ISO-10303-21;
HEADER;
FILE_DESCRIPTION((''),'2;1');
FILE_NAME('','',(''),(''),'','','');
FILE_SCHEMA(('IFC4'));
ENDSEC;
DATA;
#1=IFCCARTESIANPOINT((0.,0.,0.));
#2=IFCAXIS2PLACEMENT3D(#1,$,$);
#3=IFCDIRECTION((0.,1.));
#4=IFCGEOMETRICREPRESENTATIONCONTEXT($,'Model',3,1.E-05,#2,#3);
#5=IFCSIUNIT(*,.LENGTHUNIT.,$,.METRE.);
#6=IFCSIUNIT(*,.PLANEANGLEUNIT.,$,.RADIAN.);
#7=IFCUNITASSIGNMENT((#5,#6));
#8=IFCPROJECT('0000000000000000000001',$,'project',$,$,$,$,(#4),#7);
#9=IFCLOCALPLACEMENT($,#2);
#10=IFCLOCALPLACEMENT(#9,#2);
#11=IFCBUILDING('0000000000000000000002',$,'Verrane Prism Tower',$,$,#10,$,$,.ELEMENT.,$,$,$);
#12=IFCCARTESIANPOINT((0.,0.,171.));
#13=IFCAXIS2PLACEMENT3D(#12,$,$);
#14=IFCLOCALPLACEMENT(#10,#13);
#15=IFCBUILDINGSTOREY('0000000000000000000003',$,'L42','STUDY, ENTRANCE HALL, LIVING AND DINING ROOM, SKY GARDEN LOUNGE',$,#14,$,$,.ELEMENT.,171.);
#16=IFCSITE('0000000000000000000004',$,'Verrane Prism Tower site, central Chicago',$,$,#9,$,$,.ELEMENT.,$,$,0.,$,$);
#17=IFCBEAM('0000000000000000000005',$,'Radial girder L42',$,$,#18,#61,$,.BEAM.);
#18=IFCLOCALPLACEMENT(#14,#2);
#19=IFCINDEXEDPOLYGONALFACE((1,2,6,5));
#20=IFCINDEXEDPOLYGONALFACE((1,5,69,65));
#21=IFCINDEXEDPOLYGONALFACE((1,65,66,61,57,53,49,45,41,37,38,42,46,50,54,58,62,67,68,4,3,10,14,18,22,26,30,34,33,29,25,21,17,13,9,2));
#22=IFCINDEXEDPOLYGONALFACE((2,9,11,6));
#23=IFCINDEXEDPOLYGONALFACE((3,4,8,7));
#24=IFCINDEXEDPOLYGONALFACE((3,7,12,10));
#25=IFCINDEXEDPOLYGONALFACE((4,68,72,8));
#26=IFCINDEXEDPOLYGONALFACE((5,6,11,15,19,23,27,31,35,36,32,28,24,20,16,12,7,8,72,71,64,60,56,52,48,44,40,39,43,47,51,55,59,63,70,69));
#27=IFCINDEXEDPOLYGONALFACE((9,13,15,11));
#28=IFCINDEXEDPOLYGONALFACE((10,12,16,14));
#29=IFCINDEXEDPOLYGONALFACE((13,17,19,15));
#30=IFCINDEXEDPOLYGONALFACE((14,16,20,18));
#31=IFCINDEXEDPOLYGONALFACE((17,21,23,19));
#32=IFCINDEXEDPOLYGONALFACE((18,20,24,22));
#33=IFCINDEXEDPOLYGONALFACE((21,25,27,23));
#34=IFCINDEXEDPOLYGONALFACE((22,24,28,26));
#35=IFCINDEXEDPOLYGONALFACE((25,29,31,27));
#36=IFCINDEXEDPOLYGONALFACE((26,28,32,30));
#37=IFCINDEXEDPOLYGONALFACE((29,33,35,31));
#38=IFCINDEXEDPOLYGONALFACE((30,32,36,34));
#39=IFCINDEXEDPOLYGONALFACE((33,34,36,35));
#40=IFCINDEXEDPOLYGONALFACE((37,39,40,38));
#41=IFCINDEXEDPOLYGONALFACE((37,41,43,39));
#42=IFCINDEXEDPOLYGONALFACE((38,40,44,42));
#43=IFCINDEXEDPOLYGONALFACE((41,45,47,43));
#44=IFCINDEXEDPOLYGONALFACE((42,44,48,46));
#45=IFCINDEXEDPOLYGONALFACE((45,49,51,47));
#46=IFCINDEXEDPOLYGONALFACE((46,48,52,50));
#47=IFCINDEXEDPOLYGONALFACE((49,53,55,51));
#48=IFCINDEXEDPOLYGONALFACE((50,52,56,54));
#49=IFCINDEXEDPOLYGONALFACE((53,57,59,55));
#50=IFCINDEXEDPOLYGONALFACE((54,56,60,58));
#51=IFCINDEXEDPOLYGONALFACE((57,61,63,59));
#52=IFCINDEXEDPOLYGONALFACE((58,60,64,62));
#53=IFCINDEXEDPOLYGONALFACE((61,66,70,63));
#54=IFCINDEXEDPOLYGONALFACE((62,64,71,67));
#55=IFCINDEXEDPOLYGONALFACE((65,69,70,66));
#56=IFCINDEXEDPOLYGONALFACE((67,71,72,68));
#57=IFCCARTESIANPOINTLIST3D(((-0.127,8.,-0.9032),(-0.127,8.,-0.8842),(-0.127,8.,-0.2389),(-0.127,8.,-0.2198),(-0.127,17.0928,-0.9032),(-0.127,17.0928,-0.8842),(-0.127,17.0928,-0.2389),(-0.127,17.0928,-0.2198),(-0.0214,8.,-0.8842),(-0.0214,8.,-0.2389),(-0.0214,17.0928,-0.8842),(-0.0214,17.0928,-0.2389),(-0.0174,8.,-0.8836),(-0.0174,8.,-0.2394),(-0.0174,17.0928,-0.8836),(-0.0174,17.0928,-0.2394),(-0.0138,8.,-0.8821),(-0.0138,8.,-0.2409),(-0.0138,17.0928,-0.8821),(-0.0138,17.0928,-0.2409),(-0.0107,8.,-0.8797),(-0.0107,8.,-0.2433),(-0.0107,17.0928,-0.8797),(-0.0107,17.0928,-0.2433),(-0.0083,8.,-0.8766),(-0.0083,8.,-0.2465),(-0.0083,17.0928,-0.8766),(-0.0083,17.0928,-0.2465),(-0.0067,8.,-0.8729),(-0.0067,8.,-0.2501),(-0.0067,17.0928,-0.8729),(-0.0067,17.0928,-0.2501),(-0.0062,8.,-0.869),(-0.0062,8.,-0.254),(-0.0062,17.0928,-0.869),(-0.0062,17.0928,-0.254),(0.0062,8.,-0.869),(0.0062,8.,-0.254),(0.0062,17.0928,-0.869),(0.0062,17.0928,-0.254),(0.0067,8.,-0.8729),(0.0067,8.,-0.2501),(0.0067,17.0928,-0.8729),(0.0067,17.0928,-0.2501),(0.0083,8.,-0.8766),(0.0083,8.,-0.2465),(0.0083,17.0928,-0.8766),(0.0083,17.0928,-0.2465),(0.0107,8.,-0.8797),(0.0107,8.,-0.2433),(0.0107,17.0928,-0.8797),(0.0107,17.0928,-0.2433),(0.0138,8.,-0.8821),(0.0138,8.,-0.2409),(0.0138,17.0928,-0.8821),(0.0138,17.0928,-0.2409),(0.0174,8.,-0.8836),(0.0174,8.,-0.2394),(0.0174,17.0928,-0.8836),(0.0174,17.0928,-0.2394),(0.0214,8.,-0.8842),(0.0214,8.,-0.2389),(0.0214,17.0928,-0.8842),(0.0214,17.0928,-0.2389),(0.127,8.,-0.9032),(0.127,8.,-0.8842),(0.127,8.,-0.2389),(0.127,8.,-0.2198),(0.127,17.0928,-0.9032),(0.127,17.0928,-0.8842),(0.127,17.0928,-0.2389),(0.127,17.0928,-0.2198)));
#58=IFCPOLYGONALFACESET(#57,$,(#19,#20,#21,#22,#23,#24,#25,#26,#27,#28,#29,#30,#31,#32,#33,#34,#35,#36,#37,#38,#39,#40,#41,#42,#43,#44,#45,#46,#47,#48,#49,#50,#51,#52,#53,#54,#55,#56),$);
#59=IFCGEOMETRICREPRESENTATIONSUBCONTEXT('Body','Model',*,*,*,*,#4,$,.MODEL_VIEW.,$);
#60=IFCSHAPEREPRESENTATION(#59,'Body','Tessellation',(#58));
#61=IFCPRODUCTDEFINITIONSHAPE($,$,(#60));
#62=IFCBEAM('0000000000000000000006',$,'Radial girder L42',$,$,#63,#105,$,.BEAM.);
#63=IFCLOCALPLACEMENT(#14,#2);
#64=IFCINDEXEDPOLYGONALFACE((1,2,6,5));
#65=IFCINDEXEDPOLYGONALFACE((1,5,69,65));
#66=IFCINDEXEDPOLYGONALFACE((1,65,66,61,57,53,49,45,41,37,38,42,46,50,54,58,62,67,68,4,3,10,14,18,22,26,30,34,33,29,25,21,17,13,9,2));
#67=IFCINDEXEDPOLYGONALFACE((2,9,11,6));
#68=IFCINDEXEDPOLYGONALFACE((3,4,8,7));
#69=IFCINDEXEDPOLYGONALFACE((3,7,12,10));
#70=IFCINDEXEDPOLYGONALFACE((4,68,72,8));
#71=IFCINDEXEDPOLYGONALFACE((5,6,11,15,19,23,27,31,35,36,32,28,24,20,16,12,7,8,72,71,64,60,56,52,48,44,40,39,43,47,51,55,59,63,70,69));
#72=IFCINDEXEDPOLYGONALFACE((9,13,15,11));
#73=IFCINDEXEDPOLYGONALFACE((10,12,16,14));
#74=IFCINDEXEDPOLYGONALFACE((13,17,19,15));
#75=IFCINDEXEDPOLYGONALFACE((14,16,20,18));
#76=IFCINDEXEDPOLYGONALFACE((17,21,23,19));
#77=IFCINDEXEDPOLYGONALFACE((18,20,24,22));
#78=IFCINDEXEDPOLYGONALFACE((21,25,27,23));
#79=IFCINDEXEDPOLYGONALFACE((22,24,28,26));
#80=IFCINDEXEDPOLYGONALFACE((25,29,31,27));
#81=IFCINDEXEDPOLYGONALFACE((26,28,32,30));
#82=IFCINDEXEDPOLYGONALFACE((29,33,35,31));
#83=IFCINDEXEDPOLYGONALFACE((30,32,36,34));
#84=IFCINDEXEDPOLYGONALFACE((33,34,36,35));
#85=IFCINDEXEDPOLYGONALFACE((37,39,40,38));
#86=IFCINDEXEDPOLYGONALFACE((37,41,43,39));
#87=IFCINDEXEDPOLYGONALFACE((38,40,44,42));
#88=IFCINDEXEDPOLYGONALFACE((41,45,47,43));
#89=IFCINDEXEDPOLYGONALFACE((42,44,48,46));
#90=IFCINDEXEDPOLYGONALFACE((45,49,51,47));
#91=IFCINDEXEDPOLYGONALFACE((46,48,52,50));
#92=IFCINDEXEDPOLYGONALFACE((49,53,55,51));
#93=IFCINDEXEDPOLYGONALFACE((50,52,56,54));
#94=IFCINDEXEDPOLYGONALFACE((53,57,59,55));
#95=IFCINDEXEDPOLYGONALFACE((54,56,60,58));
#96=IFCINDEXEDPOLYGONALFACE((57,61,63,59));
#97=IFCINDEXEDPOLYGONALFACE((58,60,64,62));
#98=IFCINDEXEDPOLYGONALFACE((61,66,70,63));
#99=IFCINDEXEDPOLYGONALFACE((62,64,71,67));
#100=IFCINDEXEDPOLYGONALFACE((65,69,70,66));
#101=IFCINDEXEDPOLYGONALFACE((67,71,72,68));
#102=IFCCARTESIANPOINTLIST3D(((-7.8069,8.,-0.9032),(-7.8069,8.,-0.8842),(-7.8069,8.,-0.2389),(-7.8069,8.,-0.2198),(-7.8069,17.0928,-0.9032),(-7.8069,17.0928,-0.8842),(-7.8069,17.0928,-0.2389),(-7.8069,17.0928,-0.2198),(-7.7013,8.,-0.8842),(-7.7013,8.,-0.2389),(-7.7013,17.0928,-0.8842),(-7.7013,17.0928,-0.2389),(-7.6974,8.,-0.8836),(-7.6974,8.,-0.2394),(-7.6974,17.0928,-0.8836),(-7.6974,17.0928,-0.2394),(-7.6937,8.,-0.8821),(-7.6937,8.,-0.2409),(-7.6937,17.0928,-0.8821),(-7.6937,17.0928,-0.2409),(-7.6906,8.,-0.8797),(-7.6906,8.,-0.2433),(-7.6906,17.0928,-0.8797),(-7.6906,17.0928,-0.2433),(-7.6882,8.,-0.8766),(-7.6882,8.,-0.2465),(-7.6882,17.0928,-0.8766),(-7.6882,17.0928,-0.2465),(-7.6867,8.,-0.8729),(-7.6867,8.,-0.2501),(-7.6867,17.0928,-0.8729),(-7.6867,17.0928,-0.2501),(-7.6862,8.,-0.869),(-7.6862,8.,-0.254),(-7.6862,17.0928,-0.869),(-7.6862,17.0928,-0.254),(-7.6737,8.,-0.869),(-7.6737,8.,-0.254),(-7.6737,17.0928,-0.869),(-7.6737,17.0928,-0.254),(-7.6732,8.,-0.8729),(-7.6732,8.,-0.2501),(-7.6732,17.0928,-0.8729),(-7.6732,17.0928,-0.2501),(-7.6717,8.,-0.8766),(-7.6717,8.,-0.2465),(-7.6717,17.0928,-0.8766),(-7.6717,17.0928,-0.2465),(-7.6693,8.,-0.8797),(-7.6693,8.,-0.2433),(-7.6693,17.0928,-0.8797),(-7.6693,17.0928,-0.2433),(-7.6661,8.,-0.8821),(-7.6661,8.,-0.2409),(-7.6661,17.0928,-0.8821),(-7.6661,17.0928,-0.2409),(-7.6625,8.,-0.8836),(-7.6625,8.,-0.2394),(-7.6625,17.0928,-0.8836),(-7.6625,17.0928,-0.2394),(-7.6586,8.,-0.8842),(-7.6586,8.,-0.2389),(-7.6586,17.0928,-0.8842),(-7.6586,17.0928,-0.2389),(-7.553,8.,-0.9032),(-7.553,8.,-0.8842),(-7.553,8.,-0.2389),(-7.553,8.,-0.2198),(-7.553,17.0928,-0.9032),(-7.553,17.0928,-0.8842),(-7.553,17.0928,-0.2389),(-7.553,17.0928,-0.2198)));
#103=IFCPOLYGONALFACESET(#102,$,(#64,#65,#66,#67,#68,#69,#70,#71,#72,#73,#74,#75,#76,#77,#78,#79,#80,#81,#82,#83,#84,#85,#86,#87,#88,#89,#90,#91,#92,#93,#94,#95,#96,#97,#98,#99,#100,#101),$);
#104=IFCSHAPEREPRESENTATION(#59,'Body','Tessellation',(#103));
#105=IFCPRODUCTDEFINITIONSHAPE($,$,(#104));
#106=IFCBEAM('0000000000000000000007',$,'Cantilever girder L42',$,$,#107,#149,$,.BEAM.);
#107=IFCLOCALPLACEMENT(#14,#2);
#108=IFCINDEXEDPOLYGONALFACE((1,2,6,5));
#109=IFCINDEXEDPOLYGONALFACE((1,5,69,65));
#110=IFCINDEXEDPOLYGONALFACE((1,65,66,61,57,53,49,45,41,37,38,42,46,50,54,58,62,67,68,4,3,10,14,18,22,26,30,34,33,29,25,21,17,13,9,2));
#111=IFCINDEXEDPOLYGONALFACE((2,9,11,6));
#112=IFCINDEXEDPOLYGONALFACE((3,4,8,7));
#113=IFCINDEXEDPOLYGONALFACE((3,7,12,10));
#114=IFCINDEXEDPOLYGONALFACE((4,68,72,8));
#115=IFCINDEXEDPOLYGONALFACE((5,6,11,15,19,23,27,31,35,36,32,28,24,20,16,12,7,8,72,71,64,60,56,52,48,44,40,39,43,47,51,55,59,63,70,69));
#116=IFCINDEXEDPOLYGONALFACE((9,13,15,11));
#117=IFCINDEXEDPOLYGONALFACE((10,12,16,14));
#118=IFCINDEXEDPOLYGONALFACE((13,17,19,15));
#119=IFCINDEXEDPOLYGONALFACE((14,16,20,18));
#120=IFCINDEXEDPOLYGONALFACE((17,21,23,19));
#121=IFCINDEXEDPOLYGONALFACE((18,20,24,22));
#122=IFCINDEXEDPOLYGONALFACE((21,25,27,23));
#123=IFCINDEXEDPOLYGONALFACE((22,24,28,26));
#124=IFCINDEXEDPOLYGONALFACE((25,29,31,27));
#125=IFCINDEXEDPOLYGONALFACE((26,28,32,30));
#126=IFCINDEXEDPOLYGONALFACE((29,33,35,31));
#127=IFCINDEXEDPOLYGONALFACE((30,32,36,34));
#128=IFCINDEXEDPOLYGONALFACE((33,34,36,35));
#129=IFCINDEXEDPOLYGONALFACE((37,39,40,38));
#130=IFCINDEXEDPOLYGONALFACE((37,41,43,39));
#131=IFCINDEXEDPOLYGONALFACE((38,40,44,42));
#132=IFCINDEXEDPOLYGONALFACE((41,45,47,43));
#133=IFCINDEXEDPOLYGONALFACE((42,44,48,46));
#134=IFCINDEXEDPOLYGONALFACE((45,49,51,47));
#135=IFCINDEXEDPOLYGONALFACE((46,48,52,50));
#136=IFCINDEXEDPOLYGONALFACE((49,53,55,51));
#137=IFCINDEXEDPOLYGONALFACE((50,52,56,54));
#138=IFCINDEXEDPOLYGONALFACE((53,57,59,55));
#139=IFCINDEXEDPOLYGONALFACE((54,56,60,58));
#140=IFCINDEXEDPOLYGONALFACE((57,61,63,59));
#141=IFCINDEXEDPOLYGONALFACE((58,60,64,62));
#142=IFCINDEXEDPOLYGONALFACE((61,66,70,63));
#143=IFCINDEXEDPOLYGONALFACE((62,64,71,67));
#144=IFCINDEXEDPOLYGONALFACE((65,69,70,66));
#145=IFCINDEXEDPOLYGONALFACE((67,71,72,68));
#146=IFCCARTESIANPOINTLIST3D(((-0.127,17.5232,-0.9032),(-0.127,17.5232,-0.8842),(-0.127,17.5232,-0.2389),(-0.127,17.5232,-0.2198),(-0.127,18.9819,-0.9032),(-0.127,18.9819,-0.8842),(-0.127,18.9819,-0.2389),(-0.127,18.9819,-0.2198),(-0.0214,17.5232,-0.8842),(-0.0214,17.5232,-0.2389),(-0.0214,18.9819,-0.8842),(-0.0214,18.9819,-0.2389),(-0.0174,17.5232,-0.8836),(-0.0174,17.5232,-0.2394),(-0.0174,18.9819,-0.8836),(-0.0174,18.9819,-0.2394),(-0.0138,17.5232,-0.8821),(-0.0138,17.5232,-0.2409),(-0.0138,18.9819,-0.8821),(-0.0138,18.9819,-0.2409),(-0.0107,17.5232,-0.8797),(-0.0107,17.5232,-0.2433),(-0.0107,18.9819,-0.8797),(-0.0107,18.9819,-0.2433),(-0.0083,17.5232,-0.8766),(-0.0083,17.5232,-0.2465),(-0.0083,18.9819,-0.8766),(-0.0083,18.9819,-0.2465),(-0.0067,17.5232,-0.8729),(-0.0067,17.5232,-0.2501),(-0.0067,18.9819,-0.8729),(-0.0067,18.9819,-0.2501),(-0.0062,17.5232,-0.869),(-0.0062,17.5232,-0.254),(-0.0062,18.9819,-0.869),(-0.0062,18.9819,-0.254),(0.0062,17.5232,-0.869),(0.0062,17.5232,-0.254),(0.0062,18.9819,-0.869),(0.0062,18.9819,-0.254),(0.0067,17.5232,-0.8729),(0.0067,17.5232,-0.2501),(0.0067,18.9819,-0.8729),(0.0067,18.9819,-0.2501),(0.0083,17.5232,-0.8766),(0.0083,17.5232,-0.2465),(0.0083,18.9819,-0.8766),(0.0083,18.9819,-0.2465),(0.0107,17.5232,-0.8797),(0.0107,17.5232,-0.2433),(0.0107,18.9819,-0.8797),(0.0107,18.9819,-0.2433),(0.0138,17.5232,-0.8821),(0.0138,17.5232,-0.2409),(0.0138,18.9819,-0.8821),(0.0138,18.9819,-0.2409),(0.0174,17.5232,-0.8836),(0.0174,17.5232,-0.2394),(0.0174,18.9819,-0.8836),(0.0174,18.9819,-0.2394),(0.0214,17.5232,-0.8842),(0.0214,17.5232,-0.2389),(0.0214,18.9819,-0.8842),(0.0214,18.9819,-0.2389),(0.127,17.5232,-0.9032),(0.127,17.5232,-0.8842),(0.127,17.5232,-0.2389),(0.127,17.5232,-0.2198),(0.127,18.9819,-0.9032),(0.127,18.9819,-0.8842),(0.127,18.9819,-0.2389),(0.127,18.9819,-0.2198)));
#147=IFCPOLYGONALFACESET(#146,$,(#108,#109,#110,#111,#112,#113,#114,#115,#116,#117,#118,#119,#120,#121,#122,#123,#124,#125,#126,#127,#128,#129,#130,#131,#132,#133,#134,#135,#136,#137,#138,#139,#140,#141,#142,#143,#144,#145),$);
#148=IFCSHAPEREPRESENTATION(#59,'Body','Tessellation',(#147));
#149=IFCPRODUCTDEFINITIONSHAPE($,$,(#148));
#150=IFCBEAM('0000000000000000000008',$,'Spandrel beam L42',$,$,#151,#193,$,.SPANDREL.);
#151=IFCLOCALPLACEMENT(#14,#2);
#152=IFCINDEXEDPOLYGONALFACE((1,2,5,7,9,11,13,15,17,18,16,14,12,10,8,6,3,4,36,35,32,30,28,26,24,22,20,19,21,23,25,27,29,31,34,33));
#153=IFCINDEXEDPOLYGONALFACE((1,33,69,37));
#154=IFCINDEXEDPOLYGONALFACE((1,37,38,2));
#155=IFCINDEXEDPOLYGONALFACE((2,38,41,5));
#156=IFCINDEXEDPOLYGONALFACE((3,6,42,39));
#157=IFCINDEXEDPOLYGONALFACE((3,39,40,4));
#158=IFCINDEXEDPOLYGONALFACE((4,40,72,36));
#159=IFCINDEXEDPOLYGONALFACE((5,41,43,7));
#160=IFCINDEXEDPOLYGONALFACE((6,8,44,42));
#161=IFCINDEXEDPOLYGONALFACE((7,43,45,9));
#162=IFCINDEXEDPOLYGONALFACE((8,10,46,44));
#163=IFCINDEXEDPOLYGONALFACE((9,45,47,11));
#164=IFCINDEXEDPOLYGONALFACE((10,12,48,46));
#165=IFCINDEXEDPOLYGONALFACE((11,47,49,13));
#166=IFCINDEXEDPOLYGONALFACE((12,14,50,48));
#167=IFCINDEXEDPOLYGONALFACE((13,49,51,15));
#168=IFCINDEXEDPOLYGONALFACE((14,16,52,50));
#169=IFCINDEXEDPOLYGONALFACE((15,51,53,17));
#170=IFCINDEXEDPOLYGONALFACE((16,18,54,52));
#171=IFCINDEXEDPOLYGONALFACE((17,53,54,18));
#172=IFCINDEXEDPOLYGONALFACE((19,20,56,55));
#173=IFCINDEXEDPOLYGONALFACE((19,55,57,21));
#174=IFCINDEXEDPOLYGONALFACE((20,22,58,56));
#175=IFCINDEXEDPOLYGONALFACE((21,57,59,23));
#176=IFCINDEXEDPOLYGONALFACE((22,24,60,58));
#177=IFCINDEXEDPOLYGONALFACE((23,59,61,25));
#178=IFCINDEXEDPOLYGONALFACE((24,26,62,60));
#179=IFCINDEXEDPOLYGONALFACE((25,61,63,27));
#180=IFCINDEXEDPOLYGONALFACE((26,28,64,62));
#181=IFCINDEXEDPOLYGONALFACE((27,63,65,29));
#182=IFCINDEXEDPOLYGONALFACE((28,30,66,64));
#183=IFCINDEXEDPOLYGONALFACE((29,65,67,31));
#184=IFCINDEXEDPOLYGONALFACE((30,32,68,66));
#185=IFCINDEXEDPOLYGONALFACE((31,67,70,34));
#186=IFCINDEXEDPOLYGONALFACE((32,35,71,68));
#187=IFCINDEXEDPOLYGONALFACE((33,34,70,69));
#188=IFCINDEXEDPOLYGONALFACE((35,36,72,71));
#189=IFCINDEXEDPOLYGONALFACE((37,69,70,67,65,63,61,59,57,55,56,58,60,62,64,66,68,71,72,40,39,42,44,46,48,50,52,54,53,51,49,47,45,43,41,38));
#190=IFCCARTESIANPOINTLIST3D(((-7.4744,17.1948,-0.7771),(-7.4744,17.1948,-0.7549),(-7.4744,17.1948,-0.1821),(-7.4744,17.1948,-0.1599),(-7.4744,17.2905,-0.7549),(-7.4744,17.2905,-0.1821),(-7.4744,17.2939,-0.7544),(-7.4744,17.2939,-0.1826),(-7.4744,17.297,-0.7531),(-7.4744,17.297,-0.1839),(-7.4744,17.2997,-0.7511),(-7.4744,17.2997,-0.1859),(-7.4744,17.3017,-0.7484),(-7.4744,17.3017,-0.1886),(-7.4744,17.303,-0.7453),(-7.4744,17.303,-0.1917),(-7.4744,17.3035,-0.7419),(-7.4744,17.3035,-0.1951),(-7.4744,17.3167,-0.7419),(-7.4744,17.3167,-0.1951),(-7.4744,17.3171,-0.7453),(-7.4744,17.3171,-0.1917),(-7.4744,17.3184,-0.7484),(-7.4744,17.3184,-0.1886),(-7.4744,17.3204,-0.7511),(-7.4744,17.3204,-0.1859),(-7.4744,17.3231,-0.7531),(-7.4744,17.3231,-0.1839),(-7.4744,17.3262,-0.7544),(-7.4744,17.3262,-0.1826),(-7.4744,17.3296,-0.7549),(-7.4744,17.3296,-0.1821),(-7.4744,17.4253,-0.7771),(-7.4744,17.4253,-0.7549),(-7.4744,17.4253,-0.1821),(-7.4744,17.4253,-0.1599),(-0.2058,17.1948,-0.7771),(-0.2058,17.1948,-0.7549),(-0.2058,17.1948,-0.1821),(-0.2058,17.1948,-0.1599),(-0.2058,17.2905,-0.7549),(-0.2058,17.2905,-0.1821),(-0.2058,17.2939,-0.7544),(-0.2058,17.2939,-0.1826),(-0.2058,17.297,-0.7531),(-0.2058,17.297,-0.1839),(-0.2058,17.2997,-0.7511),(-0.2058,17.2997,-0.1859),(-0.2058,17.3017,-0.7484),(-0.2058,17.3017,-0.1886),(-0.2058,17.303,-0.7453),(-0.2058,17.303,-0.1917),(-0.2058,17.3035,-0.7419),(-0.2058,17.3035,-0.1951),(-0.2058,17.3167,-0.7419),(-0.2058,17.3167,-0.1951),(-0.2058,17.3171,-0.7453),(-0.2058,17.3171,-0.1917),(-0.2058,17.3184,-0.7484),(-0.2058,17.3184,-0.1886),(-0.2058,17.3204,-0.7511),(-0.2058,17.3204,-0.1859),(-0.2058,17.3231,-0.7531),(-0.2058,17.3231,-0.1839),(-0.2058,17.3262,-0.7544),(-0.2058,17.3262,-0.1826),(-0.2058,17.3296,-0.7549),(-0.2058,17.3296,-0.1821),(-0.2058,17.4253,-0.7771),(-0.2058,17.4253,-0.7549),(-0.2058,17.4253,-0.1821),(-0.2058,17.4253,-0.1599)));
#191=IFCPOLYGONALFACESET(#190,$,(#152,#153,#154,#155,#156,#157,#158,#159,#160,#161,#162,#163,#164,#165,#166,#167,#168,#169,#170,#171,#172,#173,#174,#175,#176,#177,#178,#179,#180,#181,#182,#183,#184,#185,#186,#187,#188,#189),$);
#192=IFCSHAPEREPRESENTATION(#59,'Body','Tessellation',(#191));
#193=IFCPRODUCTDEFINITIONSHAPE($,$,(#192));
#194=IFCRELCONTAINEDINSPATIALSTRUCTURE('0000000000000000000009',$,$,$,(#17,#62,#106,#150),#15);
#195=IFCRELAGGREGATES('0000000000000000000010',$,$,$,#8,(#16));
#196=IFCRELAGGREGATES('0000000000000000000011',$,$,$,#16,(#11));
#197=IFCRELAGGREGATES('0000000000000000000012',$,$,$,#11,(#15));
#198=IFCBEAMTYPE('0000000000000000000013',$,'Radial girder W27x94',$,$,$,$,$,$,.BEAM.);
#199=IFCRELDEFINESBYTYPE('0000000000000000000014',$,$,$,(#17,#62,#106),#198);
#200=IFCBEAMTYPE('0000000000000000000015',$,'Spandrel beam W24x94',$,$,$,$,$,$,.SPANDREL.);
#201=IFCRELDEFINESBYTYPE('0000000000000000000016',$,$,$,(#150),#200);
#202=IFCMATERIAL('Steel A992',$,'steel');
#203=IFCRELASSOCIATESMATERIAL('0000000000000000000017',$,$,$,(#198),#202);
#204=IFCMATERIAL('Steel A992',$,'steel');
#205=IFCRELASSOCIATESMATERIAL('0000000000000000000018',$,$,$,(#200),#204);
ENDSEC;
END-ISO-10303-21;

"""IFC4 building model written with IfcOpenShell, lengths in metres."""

from ifc_helpers import new_model, si_unit, direction, frame, origin, origin_2d, place, context, subcontext, project, spatial, i_section, extrude, material, material_profile, profile_set, type_object, element, save


model = new_model("IFC4")

# Units and contexts
model_context = context("Model", 3, precision=1e-05, world=origin(), true_north=direction((0.0, 1.0)))
body_context = subcontext(model_context, "Body", "Model", "MODEL_VIEW")
ifc_project = project(units=[si_unit("LENGTHUNIT", "METRE"), si_unit("PLANEANGLEUNIT", "RADIAN")], contexts=[model_context])

# Site, building, storey
site_placement = place(None, origin())
site = spatial("IfcSite", under=ifc_project, at=site_placement, Name="Verrane Prism Tower site, central Chicago", CompositionType="ELEMENT", RefElevation=0.0)
building_placement = place(site_placement, origin())
building = spatial("IfcBuilding", under=site, at=building_placement, Name="Verrane Prism Tower", CompositionType="ELEMENT")
storey_placement = place(building_placement, frame((0.0, 0.0, 171.0)))
storey = spatial("IfcBuildingStorey", under=building, at=storey_placement, Name="L42", Description="STUDY, ENTRANCE HALL, LIVING AND DINING ROOM, SKY GARDEN LOUNGE", CompositionType="ELEMENT", Elevation=171.0)

# Beams
ifc_material_1 = material(Name="Steel A992", Category="steel")
ifc_material_profile_1 = material_profile(ifc_material_1, i_section(OverallWidth=0.2539, OverallDepth=0.6833, WebThickness=0.0125, FlangeThickness=0.019, FilletRadius=0.0151, at=origin_2d()), Name="W27x94")
ifc_profile_set_1 = profile_set([ifc_material_profile_1], Name="Steel A992")
beam_type_1 = type_object("IfcBeamType", Name="Radial girder W27x94", PredefinedType="BEAM", material=ifc_profile_set_1)
for number, where, z_axis, x_axis, name in (
    (1, (0.0, 17.0928, -0.5615), (0.0, -1.0, 0.0), (1.0, 0.0, 0.0), "Radial girder L42"),
    (2, (-7.6799, 17.0928, -0.5615), (0.0, -1.0, 0.0), (1.0, 0.0, 0.0), "Radial girder L42"),
):
    element("IfcBeam", number, at=place(storey_placement, frame(where, z_axis=z_axis, x_axis=x_axis)), inside=storey, type_object=beam_type_1, Name=name, PredefinedType="BEAM", context=body_context, shape_type="SweptSolid", body=[
        extrude(i_section(OverallWidth=0.2539, OverallDepth=0.6833, WebThickness=0.0125, FlangeThickness=0.019, FilletRadius=0.0151, at=origin_2d()), origin(), (0.0, 0.0, 1.0), 9.0928),
    ])
beam_1_placement = place(storey_placement, frame((0.0, 17.5232, -0.5615), z_axis=(0.0, 1.0, 0.0), x_axis=(-1.0, 0.0, 0.0)))
element("IfcBeam", 3, at=beam_1_placement, inside=storey, type_object=beam_type_1, Name="Cantilever girder L42", PredefinedType="BEAM", context=body_context, shape_type="SweptSolid", body=[
    extrude(i_section(OverallWidth=0.2539, OverallDepth=0.6833, WebThickness=0.0125, FlangeThickness=0.019, FilletRadius=0.0151, at=origin_2d()), origin(), (0.0, 0.0, 1.0), 1.4587),
])
ifc_material_2 = material(Name="Steel A992", Category="steel")
ifc_material_profile_2 = material_profile(ifc_material_2, i_section(OverallWidth=0.2305, OverallDepth=0.6172, WebThickness=0.0132, FlangeThickness=0.0222, FilletRadius=0.0129, at=origin_2d()), Name="W24x94")
ifc_profile_set_2 = profile_set([ifc_material_profile_2], Name="Steel A992")
beam_type_2 = type_object("IfcBeamType", Name="Spandrel beam W24x94", PredefinedType="SPANDREL", material=ifc_profile_set_2)
beam_2_placement = place(storey_placement, frame((-0.2058, 17.3101, -0.4685), z_axis=(-1.0, 0.0, 0.0), x_axis=(0.0, -1.0, 0.0)))
element("IfcBeam", 4, at=beam_2_placement, inside=storey, type_object=beam_type_2, Name="Spandrel beam L42", PredefinedType="SPANDREL", context=body_context, shape_type="SweptSolid", body=[
    extrude(i_section(OverallWidth=0.2305, OverallDepth=0.6172, WebThickness=0.0132, FlangeThickness=0.0222, FilletRadius=0.0129, at=origin_2d()), origin(), (0.0, 0.0, 1.0), 7.2686),
])

save(model, "model.ifc")
